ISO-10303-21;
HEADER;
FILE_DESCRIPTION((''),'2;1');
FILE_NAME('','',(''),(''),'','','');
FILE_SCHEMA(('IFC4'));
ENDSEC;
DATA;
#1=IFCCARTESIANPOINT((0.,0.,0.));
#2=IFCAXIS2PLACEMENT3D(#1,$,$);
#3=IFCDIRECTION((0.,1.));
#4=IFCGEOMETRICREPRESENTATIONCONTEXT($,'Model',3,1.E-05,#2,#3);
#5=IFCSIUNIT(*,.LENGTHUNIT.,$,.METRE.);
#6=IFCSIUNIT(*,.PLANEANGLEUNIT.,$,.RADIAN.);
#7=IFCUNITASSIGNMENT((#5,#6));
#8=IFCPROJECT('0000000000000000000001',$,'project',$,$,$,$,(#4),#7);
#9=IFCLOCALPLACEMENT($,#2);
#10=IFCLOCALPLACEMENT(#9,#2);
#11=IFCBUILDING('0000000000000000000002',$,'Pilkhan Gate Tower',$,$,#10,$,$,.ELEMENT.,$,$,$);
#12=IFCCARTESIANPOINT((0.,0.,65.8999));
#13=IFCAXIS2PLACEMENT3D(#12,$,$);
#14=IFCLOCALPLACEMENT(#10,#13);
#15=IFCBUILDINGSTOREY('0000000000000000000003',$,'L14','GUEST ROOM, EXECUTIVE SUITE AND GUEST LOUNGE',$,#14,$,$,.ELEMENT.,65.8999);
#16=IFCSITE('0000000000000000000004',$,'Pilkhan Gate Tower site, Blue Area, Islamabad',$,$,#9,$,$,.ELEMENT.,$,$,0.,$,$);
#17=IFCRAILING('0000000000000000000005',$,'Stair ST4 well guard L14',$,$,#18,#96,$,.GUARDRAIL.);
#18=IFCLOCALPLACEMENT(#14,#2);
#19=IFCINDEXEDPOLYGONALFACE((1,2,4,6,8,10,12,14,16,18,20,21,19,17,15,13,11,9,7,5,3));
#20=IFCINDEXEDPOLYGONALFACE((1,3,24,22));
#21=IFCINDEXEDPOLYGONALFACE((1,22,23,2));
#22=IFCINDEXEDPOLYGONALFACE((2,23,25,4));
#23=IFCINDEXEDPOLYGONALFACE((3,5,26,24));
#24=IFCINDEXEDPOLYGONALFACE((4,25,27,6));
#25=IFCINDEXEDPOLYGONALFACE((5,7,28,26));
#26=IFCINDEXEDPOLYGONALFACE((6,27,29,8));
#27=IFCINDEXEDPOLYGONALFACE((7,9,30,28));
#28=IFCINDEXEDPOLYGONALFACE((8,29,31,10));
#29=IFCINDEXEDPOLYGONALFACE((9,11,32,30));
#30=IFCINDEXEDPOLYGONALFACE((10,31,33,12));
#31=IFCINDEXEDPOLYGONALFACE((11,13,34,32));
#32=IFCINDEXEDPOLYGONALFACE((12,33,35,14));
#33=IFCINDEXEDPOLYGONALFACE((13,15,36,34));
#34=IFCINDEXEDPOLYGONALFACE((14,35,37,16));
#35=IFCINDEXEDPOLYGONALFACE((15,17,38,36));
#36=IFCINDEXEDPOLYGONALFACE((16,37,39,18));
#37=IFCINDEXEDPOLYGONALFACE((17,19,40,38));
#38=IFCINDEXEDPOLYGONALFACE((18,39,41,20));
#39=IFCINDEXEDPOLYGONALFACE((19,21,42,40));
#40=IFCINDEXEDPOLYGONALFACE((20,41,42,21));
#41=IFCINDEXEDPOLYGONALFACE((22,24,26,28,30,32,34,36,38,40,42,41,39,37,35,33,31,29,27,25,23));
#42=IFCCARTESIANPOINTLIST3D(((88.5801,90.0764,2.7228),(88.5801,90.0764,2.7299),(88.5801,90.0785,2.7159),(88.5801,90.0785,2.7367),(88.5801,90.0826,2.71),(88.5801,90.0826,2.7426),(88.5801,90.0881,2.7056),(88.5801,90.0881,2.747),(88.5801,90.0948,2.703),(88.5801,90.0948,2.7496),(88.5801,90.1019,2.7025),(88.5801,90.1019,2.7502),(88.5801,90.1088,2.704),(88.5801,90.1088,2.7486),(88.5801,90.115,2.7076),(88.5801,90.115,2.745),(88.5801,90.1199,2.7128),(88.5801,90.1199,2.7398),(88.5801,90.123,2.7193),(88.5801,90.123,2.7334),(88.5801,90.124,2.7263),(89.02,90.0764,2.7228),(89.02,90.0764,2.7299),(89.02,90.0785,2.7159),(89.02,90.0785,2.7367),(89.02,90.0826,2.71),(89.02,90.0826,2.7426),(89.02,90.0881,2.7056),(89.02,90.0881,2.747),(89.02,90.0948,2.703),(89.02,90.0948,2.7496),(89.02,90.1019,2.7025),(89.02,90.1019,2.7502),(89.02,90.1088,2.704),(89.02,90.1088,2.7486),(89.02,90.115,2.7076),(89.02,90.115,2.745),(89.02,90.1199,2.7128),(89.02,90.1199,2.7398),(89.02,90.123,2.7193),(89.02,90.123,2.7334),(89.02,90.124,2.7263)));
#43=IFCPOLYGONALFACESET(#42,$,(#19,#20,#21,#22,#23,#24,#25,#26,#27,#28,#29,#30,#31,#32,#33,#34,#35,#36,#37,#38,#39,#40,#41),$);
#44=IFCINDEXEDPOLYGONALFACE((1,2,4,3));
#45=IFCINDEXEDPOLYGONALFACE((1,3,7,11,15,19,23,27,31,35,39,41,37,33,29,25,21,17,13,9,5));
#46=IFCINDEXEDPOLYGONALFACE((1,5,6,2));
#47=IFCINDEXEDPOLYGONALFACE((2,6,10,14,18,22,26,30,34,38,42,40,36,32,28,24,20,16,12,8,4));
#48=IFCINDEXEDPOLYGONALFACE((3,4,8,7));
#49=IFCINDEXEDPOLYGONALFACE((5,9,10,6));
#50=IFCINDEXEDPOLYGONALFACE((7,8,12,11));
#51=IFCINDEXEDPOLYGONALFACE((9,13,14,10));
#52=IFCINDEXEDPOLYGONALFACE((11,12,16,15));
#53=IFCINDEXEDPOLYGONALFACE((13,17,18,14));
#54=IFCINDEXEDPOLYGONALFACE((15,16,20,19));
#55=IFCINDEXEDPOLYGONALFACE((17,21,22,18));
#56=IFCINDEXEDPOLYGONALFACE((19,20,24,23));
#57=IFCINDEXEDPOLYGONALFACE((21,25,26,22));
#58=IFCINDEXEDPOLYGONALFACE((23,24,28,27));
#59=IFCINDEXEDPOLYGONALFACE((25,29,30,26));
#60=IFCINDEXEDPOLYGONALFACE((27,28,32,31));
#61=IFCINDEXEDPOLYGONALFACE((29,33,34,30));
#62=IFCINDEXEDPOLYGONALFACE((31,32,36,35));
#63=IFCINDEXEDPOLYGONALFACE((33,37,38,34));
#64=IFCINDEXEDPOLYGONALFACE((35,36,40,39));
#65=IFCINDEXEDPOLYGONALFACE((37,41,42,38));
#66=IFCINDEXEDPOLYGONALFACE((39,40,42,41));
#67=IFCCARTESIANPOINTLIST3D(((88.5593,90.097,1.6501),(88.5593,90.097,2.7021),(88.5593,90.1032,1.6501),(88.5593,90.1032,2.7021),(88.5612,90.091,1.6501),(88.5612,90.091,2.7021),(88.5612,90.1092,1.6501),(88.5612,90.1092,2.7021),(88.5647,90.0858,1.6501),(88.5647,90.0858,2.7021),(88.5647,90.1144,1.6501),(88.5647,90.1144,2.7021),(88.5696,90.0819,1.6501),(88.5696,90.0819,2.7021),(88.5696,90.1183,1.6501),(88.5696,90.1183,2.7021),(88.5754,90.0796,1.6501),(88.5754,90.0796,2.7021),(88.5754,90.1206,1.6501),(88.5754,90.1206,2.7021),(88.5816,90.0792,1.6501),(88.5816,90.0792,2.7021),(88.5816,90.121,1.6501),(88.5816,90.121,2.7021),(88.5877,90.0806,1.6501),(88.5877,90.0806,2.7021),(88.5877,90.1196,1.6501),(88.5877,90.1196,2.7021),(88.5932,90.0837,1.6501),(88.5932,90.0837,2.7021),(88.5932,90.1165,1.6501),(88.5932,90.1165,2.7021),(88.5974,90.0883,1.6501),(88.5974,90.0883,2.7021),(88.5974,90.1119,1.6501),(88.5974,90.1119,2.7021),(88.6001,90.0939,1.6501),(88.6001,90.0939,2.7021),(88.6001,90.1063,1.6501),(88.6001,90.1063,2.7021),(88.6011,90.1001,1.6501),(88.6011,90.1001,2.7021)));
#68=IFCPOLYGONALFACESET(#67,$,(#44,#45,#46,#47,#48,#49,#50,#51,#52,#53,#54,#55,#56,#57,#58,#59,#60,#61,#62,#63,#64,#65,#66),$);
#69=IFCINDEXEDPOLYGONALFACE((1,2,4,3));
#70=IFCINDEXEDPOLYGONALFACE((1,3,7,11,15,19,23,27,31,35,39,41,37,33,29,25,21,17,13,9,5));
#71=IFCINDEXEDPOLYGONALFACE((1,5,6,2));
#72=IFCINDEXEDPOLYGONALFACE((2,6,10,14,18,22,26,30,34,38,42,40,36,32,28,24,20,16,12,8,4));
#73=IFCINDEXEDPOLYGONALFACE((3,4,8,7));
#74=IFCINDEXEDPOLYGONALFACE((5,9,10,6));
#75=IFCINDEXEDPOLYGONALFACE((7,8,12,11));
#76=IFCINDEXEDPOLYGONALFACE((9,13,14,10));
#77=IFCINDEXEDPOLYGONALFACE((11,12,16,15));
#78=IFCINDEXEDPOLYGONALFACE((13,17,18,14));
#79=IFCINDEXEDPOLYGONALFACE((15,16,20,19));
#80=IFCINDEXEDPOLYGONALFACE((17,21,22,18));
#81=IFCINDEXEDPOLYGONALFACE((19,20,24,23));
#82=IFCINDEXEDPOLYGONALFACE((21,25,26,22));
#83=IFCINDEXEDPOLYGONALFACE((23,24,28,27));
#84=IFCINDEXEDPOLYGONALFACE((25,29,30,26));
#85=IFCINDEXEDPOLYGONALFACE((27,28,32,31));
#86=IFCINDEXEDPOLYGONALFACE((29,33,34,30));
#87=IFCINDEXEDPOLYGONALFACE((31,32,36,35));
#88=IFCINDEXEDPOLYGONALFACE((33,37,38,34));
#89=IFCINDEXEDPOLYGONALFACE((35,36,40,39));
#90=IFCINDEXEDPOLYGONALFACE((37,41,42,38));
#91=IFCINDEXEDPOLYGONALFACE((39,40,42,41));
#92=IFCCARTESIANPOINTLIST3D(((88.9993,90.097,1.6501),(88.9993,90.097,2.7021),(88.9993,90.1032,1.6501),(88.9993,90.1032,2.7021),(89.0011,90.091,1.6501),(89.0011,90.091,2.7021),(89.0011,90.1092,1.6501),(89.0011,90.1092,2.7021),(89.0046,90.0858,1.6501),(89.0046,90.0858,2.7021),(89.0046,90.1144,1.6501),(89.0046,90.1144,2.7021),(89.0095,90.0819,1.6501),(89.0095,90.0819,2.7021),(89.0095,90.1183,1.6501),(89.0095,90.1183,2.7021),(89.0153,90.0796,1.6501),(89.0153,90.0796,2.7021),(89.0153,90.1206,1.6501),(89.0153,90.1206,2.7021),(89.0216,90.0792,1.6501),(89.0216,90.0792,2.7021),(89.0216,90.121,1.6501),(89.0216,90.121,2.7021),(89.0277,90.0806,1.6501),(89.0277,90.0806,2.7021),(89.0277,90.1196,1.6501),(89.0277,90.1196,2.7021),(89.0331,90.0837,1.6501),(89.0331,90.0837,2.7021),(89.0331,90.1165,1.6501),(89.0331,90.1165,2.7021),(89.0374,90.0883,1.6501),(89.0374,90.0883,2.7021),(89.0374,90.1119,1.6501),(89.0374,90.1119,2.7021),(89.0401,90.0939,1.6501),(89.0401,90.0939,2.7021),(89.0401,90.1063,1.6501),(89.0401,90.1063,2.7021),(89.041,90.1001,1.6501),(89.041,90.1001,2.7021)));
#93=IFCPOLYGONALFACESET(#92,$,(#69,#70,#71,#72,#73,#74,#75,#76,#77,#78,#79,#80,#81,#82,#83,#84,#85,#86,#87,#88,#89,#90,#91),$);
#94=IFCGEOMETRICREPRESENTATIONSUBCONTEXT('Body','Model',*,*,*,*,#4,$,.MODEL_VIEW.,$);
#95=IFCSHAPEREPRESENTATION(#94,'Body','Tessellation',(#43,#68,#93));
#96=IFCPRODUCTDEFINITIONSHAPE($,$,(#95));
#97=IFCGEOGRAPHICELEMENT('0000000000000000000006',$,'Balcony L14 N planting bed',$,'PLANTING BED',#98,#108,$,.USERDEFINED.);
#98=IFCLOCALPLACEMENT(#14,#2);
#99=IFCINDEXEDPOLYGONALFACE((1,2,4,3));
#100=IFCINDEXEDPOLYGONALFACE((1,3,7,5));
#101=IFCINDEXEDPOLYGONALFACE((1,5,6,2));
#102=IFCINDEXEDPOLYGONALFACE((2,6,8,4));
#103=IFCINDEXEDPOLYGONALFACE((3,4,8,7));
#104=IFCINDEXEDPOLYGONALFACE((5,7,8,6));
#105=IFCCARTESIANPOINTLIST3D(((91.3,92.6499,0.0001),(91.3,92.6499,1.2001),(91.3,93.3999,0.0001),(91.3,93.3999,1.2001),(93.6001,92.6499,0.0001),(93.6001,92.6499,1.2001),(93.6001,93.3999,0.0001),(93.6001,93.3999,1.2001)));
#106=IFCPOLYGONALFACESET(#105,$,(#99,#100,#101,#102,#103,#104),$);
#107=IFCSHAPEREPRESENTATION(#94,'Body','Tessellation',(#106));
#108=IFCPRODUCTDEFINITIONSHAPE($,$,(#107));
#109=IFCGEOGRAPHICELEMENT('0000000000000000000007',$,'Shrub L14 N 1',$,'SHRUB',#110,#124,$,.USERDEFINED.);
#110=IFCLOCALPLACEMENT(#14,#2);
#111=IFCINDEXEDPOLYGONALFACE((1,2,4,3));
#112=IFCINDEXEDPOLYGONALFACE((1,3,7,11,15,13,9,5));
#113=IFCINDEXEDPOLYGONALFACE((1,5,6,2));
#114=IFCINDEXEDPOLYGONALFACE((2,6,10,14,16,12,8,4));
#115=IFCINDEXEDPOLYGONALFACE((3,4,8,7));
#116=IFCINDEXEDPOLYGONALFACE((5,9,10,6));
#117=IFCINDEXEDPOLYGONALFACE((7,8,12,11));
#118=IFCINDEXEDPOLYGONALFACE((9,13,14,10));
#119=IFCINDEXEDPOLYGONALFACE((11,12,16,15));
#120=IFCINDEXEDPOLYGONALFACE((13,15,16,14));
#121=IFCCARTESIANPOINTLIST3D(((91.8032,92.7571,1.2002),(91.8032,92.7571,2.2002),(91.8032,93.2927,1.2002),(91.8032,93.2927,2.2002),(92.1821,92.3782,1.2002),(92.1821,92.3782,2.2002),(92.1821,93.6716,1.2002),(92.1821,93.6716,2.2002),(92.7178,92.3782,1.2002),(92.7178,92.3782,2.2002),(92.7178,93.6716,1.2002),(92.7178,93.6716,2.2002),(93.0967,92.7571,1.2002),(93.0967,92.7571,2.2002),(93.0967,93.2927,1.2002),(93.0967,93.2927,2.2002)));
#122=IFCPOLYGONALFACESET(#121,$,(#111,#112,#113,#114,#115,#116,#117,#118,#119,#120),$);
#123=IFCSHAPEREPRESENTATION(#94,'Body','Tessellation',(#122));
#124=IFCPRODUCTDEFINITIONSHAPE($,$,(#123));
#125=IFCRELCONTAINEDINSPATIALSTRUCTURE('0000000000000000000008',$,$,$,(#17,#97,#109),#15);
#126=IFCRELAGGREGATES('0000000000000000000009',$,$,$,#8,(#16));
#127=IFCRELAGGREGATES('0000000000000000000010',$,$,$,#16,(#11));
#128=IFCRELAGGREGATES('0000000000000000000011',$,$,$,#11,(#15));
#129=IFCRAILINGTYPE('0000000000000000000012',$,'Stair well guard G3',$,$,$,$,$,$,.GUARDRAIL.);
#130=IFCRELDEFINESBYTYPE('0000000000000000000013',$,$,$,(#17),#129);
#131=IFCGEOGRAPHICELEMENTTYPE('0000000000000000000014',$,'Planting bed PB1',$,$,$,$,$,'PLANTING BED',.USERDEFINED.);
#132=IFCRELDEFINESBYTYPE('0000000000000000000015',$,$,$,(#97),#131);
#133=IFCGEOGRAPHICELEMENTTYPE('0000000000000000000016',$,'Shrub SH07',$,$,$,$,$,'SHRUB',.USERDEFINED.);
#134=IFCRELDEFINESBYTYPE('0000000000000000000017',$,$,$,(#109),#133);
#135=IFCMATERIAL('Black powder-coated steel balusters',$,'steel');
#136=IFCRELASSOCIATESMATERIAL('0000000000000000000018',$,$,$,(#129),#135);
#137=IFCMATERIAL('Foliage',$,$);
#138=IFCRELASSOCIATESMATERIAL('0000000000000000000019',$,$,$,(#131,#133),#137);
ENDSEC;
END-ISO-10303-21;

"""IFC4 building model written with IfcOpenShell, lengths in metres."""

from ifc_helpers import new_model, si_unit, direction, frame, origin, origin_2d, place, context, subcontext, project, spatial, polyline, rectangle, circle, outline, extrude, material, material_profile, profile_set, type_object, element, save


model = new_model("IFC4")

# Units and contexts
model_context = context("Model", 3, precision=1e-05, world=origin(), true_north=direction((0.0, 1.0)))
body_context = subcontext(model_context, "Body", "Model", "MODEL_VIEW")
ifc_project = project(units=[si_unit("LENGTHUNIT", "METRE"), si_unit("PLANEANGLEUNIT", "RADIAN")], contexts=[model_context])

# Site, building, storey
site_placement = place(None, origin())
site = spatial("IfcSite", under=ifc_project, at=site_placement, Name="Pilkhan Gate Tower site, Blue Area, Islamabad", CompositionType="ELEMENT", RefElevation=0.0)
building_placement = place(site_placement, origin())
building = spatial("IfcBuilding", under=site, at=building_placement, Name="Pilkhan Gate Tower", CompositionType="ELEMENT")
storey_placement = place(building_placement, frame((0.0, 0.0, 65.8999)))
storey = spatial("IfcBuildingStorey", under=building, at=storey_placement, Name="L14", Description="GUEST ROOM, EXECUTIVE SUITE AND GUEST LOUNGE", CompositionType="ELEMENT", Elevation=65.8999)

# Railing
ifc_material_1 = material(Name="Black powder-coated steel balusters", Category="steel")
railing_type_1 = type_object("IfcRailingType", Name="Stair well guard G3", PredefinedType="GUARDRAIL", material=ifc_material_1)
railing_1_placement = place(storey_placement, frame((88.5801, 90.1001, 1.6501)))
element("IfcRailing", 1, at=railing_1_placement, inside=storey, type_object=railing_type_1, Name="Stair ST4 well guard L14", PredefinedType="GUARDRAIL", context=body_context, shape_type="SweptSolid", body=[
    extrude(circle(Radius=0.0239, at=origin_2d()), frame((0.0, 0.0, 1.0762), z_axis=(1.0, 0.0, 0.0), x_axis=(0.0, 1.0, 0.0)), (0.0, 0.0, 1.0), 0.4399),
    extrude(circle(Radius=0.021, at=origin_2d()), origin(), (0.0, 0.0, 1.0), 1.052),
    extrude(circle(Radius=0.021, at=origin_2d()), frame((0.4399, 0.0, 0.0)), (0.0, 0.0, 1.0), 1.052),
])

# Geographic elements
ifc_material_2 = material(Name="Foliage")
ifc_material_profile_1 = material_profile(ifc_material_2, rectangle(XDim=0.75, YDim=1.2, at=origin_2d()), Name="Bed 750x1200")
ifc_profile_set_1 = profile_set([ifc_material_profile_1], Name="Foliage")
geographic_element_type_1 = type_object("IfcGeographicElementType", Name="Planting bed PB1", ElementType="PLANTING BED", PredefinedType="USERDEFINED", material=ifc_profile_set_1)
geographic_element_1_placement = place(storey_placement, frame((91.3, 93.0249, 0.6001), z_axis=(1.0, 0.0, 0.0), x_axis=(0.0, 1.0, 0.0)))
element("IfcGeographicElement", 2, at=geographic_element_1_placement, inside=storey, type_object=geographic_element_type_1, Name="Balcony L14 N planting bed", ObjectType="PLANTING BED", PredefinedType="USERDEFINED", context=body_context, shape_type="SweptSolid", body=[
    extrude(rectangle(XDim=0.75, YDim=1.2, at=origin_2d()), origin(), (0.0, 0.0, 1.0), 2.3),
])
ifc_material_profile_2 = material_profile(ifc_material_2, outline(polyline([(0.6467, 0.2678), (0.2678, 0.6467), (-0.2678, 0.6467), (-0.6467, 0.2678), (-0.6467, -0.2678), (-0.2678, -0.6467), (0.2678, -0.6467), (0.6467, -0.2678), (0.6467, 0.2678)])), Name="Shrub D1.4")
ifc_profile_set_2 = profile_set([ifc_material_profile_2], Name="Foliage")
geographic_element_type_2 = type_object("IfcGeographicElementType", Name="Shrub SH07", ElementType="SHRUB", PredefinedType="USERDEFINED", material=ifc_profile_set_2)
geographic_element_2_placement = place(storey_placement, frame((92.45, 93.0249, 1.2002), z_axis=(0.0, 0.0, 1.0), x_axis=(1.0, 0.0, 0.0)))
element("IfcGeographicElement", 3, at=geographic_element_2_placement, inside=storey, type_object=geographic_element_type_2, Name="Shrub L14 N 1", ObjectType="SHRUB", PredefinedType="USERDEFINED", context=body_context, shape_type="SweptSolid", body=[
    extrude(outline(polyline([(0.6467, 0.2678), (0.2678, 0.6467), (-0.2678, 0.6467), (-0.6467, 0.2678), (-0.6467, -0.2678), (-0.2678, -0.6467), (0.2678, -0.6467), (0.6467, -0.2678), (0.6467, 0.2678)])), origin(), (0.0, 0.0, 1.0), 1.0),
])

save(model, "model.ifc")
